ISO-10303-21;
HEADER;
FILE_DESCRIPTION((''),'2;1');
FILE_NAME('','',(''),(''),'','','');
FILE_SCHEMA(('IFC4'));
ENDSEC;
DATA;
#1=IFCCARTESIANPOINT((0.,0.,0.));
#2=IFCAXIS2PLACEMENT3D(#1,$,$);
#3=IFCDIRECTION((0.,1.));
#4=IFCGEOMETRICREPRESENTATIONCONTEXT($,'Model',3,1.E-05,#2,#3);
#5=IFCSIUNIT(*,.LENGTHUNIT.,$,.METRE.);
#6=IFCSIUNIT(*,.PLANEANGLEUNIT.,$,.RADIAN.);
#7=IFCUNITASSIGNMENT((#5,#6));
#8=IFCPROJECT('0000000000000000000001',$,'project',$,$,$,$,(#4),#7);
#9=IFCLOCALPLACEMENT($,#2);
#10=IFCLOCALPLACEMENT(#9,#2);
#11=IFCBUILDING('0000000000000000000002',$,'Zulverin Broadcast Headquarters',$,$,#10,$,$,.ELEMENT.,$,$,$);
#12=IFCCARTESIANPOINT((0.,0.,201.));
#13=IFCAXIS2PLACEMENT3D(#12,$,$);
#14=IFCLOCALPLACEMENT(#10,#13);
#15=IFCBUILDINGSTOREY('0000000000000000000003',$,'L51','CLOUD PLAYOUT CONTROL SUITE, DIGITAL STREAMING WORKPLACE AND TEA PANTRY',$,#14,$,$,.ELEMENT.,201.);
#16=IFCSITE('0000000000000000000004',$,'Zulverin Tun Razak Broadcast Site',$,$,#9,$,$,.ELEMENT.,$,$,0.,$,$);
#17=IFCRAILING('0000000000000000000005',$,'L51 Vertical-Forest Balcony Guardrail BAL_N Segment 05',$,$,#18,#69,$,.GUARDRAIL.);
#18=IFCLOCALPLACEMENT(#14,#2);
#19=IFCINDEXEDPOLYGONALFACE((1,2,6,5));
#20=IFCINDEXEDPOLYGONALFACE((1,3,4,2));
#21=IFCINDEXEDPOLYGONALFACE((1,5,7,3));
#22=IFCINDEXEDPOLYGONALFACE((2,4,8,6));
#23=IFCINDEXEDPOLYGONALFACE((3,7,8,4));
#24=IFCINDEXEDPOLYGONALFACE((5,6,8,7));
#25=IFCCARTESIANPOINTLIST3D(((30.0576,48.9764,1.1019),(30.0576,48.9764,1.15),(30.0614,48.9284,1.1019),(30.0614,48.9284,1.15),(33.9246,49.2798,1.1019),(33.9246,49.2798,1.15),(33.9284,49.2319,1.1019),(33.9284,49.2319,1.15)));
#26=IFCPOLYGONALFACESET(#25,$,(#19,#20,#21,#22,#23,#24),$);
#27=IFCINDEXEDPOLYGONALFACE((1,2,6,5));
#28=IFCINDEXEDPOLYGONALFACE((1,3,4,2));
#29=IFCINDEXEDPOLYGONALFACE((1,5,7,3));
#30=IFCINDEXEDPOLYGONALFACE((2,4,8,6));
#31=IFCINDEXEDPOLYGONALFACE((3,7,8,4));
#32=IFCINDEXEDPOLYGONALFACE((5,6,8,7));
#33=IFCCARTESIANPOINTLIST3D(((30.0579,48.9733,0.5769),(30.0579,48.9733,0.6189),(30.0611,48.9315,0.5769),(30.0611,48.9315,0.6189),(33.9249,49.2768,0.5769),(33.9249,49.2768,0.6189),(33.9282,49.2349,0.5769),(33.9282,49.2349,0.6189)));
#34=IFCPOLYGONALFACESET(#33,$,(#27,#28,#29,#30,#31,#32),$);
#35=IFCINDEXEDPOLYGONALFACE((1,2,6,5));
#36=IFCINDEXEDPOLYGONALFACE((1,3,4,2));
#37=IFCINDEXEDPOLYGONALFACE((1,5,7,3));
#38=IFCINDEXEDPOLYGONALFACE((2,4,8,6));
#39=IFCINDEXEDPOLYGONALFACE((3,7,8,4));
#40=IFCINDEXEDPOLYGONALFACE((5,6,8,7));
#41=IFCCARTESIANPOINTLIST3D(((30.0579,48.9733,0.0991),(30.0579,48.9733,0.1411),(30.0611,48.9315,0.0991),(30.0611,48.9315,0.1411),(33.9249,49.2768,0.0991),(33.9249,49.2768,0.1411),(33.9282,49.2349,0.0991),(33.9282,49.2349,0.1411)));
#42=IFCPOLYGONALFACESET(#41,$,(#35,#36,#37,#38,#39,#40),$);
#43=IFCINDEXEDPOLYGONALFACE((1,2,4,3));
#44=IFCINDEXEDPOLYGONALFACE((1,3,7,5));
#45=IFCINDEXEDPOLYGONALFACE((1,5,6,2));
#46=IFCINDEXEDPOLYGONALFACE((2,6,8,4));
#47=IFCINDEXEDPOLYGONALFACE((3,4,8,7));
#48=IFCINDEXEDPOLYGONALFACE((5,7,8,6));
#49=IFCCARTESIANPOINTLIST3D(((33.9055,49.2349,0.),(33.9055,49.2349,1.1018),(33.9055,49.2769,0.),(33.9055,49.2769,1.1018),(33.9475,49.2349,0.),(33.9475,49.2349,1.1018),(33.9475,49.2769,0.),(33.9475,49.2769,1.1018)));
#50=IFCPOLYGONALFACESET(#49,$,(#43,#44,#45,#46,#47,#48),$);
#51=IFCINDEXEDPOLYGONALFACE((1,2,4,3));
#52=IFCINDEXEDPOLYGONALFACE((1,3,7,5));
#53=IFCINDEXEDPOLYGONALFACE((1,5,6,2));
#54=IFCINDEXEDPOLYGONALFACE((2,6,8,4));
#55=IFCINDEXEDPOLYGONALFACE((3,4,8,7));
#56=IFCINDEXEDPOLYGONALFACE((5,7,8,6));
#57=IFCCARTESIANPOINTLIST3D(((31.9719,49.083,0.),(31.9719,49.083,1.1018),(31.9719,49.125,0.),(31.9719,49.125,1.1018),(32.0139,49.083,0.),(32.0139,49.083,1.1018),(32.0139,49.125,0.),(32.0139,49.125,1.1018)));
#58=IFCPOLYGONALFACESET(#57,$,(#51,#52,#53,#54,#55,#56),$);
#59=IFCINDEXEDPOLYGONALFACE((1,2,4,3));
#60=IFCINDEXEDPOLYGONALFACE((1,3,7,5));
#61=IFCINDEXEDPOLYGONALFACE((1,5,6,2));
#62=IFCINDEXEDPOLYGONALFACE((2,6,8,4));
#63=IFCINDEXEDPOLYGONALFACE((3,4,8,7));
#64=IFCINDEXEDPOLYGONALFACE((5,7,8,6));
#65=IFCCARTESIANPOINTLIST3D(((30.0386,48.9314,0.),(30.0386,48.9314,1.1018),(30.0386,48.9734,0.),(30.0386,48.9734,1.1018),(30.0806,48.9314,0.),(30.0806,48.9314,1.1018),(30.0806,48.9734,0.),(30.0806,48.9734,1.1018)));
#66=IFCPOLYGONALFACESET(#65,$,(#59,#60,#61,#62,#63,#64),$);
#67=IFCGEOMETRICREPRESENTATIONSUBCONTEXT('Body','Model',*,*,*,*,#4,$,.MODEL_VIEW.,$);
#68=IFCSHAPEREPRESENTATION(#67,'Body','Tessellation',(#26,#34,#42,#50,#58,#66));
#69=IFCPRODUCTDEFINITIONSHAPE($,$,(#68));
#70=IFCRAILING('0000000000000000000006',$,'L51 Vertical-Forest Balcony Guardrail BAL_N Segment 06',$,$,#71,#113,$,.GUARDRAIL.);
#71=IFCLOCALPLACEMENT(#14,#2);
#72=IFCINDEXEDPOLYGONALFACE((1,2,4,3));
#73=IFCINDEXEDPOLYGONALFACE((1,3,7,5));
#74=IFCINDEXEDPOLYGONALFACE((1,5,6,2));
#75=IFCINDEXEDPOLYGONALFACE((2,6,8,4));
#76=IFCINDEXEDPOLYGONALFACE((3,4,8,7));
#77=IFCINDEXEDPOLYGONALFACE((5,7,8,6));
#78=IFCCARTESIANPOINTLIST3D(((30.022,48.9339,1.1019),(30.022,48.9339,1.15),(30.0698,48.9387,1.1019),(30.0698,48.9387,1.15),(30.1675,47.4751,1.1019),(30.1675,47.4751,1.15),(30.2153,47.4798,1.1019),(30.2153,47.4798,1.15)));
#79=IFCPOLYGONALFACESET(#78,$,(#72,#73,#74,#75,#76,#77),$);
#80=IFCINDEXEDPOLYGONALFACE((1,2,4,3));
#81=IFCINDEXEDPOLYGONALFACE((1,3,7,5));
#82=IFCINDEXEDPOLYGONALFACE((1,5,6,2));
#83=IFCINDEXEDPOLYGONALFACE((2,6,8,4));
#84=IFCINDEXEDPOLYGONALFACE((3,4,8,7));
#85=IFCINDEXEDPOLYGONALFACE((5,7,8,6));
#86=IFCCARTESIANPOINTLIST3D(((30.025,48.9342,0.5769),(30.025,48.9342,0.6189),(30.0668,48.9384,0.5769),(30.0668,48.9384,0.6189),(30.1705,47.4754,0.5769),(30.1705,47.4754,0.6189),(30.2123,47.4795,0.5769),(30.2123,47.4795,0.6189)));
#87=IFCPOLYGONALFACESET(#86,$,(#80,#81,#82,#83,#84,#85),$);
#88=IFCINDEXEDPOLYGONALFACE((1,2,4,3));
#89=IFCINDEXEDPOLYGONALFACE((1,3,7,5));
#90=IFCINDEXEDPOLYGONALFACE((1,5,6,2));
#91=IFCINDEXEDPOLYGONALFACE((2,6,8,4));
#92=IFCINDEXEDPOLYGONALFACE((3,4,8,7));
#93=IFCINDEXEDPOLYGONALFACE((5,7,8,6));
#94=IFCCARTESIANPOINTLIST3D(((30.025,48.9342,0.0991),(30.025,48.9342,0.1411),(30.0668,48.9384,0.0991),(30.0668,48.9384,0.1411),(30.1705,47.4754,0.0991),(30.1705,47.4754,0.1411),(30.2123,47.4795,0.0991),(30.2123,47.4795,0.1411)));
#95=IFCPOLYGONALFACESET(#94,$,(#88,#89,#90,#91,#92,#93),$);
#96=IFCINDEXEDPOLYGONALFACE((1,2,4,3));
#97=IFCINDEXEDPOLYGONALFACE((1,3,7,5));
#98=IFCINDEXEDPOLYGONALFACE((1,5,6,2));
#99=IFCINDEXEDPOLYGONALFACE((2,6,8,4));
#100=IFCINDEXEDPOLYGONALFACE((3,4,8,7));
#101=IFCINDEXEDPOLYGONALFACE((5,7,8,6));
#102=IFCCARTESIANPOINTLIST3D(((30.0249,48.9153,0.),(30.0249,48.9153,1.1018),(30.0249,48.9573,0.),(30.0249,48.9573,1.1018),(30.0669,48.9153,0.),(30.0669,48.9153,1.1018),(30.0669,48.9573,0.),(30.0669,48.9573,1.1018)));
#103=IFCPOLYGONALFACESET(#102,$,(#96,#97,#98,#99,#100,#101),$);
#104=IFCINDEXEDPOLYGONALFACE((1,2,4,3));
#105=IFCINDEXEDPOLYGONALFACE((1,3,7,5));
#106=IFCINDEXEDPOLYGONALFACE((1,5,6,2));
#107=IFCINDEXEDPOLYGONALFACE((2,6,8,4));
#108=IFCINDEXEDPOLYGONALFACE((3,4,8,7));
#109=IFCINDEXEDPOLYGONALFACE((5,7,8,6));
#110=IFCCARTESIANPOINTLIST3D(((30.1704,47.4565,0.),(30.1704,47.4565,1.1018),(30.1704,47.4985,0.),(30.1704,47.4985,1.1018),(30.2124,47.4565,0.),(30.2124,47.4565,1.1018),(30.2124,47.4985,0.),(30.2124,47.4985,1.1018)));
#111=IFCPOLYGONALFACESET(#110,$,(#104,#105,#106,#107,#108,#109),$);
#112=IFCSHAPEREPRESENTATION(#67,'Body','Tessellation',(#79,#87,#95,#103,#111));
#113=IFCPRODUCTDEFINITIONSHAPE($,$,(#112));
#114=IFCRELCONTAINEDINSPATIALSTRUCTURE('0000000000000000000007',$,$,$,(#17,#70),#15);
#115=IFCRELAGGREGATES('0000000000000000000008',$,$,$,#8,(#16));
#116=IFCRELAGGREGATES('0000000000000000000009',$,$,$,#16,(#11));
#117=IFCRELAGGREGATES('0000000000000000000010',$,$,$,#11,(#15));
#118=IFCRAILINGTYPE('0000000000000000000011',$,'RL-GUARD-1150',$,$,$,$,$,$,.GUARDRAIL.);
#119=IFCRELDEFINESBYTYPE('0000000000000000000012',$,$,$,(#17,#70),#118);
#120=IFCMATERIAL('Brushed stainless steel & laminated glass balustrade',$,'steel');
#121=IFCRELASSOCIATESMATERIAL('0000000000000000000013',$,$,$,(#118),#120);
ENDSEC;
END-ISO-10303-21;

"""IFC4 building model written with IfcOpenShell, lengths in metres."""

from ifc_helpers import new_model, si_unit, direction, frame, origin, origin_2d, place, context, subcontext, project, spatial, rectangle, extrude, material, type_object, element, save


model = new_model("IFC4")

# Units and contexts
model_context = context("Model", 3, precision=1e-05, world=origin(), true_north=direction((0.0, 1.0)))
body_context = subcontext(model_context, "Body", "Model", "MODEL_VIEW")
ifc_project = project(units=[si_unit("LENGTHUNIT", "METRE"), si_unit("PLANEANGLEUNIT", "RADIAN")], contexts=[model_context])

# Site, building, storey
site_placement = place(None, origin())
site = spatial("IfcSite", under=ifc_project, at=site_placement, Name="Zulverin Tun Razak Broadcast Site", CompositionType="ELEMENT", RefElevation=0.0)
building_placement = place(site_placement, origin())
building = spatial("IfcBuilding", under=site, at=building_placement, Name="Zulverin Broadcast Headquarters", CompositionType="ELEMENT")
storey_placement = place(building_placement, frame((0.0, 0.0, 201.0)))
storey = spatial("IfcBuildingStorey", under=building, at=storey_placement, Name="L51", Description="CLOUD PLAYOUT CONTROL SUITE, DIGITAL STREAMING WORKPLACE AND TEA PANTRY", CompositionType="ELEMENT", Elevation=201.0)

# Railings
ifc_material_1 = material(Name="Brushed stainless steel & laminated glass balustrade", Category="steel")
railing_type = type_object("IfcRailingType", Name="RL-GUARD-1150", PredefinedType="GUARDRAIL", material=ifc_material_1)
railing_1_placement = place(storey_placement, frame((33.9265, 49.2559, 0.0)))
element("IfcRailing", 1, at=railing_1_placement, inside=storey, type_object=railing_type, Name="L51 Vertical-Forest Balcony Guardrail BAL_N Segment 05", PredefinedType="GUARDRAIL", context=body_context, shape_type="SweptSolid", body=[
    extrude(rectangle(XDim=0.0481, YDim=0.0481, at=origin_2d()), frame((0.0, 0.0, 1.126), z_axis=(-0.996935, -0.078237, 0.0), x_axis=(0.078237, -0.996935, 0.0)), (0.0, 0.0, 1.0), 3.8789),
    extrude(rectangle(XDim=0.042, YDim=0.042, at=origin_2d()), frame((0.0, 0.0, 0.5979), z_axis=(-0.996935, -0.078237, 0.0), x_axis=(0.078237, -0.996935, 0.0)), (0.0, 0.0, 1.0), 3.8789),
    extrude(rectangle(XDim=0.042, YDim=0.042, at=origin_2d()), frame((0.0, 0.0, 0.1201), z_axis=(-0.996935, -0.078237, 0.0), x_axis=(0.078237, -0.996935, 0.0)), (0.0, 0.0, 1.0), 3.8789),
    extrude(rectangle(XDim=0.042, YDim=0.042, at=origin_2d()), origin(), (0.0, 0.0, 1.0), 1.1018),
    extrude(rectangle(XDim=0.042, YDim=0.042, at=origin_2d()), frame((-1.9336, -0.1519, 0.0)), (0.0, 0.0, 1.0), 1.1018),
    extrude(rectangle(XDim=0.042, YDim=0.042, at=origin_2d()), frame((-3.8669, -0.3035, 0.0)), (0.0, 0.0, 1.0), 1.1018),
])
railing_2_placement = place(storey_placement, frame((30.0459, 48.9363, 0.0)))
element("IfcRailing", 2, at=railing_2_placement, inside=storey, type_object=railing_type, Name="L51 Vertical-Forest Balcony Guardrail BAL_N Segment 06", PredefinedType="GUARDRAIL", context=body_context, shape_type="SweptSolid", body=[
    extrude(rectangle(XDim=0.0481, YDim=0.0481, at=origin_2d()), frame((0.0, 0.0, 1.126), z_axis=(0.099256, -0.995062, 0.0), x_axis=(0.995062, 0.099256, 0.0)), (0.0, 0.0, 1.0), 1.4661),
    extrude(rectangle(XDim=0.042, YDim=0.042, at=origin_2d()), frame((0.0, 0.0, 0.5979), z_axis=(0.099256, -0.995062, 0.0), x_axis=(0.995062, 0.099256, 0.0)), (0.0, 0.0, 1.0), 1.4661),
    extrude(rectangle(XDim=0.042, YDim=0.042, at=origin_2d()), frame((0.0, 0.0, 0.1201), z_axis=(0.099256, -0.995062, 0.0), x_axis=(0.995062, 0.099256, 0.0)), (0.0, 0.0, 1.0), 1.4661),
    extrude(rectangle(XDim=0.042, YDim=0.042, at=origin_2d()), origin(), (0.0, 0.0, 1.0), 1.1018),
    extrude(rectangle(XDim=0.042, YDim=0.042, at=origin_2d()), frame((0.1455, -1.4587, 0.0)), (0.0, 0.0, 1.0), 1.1018),
])

save(model, "model.ifc")
